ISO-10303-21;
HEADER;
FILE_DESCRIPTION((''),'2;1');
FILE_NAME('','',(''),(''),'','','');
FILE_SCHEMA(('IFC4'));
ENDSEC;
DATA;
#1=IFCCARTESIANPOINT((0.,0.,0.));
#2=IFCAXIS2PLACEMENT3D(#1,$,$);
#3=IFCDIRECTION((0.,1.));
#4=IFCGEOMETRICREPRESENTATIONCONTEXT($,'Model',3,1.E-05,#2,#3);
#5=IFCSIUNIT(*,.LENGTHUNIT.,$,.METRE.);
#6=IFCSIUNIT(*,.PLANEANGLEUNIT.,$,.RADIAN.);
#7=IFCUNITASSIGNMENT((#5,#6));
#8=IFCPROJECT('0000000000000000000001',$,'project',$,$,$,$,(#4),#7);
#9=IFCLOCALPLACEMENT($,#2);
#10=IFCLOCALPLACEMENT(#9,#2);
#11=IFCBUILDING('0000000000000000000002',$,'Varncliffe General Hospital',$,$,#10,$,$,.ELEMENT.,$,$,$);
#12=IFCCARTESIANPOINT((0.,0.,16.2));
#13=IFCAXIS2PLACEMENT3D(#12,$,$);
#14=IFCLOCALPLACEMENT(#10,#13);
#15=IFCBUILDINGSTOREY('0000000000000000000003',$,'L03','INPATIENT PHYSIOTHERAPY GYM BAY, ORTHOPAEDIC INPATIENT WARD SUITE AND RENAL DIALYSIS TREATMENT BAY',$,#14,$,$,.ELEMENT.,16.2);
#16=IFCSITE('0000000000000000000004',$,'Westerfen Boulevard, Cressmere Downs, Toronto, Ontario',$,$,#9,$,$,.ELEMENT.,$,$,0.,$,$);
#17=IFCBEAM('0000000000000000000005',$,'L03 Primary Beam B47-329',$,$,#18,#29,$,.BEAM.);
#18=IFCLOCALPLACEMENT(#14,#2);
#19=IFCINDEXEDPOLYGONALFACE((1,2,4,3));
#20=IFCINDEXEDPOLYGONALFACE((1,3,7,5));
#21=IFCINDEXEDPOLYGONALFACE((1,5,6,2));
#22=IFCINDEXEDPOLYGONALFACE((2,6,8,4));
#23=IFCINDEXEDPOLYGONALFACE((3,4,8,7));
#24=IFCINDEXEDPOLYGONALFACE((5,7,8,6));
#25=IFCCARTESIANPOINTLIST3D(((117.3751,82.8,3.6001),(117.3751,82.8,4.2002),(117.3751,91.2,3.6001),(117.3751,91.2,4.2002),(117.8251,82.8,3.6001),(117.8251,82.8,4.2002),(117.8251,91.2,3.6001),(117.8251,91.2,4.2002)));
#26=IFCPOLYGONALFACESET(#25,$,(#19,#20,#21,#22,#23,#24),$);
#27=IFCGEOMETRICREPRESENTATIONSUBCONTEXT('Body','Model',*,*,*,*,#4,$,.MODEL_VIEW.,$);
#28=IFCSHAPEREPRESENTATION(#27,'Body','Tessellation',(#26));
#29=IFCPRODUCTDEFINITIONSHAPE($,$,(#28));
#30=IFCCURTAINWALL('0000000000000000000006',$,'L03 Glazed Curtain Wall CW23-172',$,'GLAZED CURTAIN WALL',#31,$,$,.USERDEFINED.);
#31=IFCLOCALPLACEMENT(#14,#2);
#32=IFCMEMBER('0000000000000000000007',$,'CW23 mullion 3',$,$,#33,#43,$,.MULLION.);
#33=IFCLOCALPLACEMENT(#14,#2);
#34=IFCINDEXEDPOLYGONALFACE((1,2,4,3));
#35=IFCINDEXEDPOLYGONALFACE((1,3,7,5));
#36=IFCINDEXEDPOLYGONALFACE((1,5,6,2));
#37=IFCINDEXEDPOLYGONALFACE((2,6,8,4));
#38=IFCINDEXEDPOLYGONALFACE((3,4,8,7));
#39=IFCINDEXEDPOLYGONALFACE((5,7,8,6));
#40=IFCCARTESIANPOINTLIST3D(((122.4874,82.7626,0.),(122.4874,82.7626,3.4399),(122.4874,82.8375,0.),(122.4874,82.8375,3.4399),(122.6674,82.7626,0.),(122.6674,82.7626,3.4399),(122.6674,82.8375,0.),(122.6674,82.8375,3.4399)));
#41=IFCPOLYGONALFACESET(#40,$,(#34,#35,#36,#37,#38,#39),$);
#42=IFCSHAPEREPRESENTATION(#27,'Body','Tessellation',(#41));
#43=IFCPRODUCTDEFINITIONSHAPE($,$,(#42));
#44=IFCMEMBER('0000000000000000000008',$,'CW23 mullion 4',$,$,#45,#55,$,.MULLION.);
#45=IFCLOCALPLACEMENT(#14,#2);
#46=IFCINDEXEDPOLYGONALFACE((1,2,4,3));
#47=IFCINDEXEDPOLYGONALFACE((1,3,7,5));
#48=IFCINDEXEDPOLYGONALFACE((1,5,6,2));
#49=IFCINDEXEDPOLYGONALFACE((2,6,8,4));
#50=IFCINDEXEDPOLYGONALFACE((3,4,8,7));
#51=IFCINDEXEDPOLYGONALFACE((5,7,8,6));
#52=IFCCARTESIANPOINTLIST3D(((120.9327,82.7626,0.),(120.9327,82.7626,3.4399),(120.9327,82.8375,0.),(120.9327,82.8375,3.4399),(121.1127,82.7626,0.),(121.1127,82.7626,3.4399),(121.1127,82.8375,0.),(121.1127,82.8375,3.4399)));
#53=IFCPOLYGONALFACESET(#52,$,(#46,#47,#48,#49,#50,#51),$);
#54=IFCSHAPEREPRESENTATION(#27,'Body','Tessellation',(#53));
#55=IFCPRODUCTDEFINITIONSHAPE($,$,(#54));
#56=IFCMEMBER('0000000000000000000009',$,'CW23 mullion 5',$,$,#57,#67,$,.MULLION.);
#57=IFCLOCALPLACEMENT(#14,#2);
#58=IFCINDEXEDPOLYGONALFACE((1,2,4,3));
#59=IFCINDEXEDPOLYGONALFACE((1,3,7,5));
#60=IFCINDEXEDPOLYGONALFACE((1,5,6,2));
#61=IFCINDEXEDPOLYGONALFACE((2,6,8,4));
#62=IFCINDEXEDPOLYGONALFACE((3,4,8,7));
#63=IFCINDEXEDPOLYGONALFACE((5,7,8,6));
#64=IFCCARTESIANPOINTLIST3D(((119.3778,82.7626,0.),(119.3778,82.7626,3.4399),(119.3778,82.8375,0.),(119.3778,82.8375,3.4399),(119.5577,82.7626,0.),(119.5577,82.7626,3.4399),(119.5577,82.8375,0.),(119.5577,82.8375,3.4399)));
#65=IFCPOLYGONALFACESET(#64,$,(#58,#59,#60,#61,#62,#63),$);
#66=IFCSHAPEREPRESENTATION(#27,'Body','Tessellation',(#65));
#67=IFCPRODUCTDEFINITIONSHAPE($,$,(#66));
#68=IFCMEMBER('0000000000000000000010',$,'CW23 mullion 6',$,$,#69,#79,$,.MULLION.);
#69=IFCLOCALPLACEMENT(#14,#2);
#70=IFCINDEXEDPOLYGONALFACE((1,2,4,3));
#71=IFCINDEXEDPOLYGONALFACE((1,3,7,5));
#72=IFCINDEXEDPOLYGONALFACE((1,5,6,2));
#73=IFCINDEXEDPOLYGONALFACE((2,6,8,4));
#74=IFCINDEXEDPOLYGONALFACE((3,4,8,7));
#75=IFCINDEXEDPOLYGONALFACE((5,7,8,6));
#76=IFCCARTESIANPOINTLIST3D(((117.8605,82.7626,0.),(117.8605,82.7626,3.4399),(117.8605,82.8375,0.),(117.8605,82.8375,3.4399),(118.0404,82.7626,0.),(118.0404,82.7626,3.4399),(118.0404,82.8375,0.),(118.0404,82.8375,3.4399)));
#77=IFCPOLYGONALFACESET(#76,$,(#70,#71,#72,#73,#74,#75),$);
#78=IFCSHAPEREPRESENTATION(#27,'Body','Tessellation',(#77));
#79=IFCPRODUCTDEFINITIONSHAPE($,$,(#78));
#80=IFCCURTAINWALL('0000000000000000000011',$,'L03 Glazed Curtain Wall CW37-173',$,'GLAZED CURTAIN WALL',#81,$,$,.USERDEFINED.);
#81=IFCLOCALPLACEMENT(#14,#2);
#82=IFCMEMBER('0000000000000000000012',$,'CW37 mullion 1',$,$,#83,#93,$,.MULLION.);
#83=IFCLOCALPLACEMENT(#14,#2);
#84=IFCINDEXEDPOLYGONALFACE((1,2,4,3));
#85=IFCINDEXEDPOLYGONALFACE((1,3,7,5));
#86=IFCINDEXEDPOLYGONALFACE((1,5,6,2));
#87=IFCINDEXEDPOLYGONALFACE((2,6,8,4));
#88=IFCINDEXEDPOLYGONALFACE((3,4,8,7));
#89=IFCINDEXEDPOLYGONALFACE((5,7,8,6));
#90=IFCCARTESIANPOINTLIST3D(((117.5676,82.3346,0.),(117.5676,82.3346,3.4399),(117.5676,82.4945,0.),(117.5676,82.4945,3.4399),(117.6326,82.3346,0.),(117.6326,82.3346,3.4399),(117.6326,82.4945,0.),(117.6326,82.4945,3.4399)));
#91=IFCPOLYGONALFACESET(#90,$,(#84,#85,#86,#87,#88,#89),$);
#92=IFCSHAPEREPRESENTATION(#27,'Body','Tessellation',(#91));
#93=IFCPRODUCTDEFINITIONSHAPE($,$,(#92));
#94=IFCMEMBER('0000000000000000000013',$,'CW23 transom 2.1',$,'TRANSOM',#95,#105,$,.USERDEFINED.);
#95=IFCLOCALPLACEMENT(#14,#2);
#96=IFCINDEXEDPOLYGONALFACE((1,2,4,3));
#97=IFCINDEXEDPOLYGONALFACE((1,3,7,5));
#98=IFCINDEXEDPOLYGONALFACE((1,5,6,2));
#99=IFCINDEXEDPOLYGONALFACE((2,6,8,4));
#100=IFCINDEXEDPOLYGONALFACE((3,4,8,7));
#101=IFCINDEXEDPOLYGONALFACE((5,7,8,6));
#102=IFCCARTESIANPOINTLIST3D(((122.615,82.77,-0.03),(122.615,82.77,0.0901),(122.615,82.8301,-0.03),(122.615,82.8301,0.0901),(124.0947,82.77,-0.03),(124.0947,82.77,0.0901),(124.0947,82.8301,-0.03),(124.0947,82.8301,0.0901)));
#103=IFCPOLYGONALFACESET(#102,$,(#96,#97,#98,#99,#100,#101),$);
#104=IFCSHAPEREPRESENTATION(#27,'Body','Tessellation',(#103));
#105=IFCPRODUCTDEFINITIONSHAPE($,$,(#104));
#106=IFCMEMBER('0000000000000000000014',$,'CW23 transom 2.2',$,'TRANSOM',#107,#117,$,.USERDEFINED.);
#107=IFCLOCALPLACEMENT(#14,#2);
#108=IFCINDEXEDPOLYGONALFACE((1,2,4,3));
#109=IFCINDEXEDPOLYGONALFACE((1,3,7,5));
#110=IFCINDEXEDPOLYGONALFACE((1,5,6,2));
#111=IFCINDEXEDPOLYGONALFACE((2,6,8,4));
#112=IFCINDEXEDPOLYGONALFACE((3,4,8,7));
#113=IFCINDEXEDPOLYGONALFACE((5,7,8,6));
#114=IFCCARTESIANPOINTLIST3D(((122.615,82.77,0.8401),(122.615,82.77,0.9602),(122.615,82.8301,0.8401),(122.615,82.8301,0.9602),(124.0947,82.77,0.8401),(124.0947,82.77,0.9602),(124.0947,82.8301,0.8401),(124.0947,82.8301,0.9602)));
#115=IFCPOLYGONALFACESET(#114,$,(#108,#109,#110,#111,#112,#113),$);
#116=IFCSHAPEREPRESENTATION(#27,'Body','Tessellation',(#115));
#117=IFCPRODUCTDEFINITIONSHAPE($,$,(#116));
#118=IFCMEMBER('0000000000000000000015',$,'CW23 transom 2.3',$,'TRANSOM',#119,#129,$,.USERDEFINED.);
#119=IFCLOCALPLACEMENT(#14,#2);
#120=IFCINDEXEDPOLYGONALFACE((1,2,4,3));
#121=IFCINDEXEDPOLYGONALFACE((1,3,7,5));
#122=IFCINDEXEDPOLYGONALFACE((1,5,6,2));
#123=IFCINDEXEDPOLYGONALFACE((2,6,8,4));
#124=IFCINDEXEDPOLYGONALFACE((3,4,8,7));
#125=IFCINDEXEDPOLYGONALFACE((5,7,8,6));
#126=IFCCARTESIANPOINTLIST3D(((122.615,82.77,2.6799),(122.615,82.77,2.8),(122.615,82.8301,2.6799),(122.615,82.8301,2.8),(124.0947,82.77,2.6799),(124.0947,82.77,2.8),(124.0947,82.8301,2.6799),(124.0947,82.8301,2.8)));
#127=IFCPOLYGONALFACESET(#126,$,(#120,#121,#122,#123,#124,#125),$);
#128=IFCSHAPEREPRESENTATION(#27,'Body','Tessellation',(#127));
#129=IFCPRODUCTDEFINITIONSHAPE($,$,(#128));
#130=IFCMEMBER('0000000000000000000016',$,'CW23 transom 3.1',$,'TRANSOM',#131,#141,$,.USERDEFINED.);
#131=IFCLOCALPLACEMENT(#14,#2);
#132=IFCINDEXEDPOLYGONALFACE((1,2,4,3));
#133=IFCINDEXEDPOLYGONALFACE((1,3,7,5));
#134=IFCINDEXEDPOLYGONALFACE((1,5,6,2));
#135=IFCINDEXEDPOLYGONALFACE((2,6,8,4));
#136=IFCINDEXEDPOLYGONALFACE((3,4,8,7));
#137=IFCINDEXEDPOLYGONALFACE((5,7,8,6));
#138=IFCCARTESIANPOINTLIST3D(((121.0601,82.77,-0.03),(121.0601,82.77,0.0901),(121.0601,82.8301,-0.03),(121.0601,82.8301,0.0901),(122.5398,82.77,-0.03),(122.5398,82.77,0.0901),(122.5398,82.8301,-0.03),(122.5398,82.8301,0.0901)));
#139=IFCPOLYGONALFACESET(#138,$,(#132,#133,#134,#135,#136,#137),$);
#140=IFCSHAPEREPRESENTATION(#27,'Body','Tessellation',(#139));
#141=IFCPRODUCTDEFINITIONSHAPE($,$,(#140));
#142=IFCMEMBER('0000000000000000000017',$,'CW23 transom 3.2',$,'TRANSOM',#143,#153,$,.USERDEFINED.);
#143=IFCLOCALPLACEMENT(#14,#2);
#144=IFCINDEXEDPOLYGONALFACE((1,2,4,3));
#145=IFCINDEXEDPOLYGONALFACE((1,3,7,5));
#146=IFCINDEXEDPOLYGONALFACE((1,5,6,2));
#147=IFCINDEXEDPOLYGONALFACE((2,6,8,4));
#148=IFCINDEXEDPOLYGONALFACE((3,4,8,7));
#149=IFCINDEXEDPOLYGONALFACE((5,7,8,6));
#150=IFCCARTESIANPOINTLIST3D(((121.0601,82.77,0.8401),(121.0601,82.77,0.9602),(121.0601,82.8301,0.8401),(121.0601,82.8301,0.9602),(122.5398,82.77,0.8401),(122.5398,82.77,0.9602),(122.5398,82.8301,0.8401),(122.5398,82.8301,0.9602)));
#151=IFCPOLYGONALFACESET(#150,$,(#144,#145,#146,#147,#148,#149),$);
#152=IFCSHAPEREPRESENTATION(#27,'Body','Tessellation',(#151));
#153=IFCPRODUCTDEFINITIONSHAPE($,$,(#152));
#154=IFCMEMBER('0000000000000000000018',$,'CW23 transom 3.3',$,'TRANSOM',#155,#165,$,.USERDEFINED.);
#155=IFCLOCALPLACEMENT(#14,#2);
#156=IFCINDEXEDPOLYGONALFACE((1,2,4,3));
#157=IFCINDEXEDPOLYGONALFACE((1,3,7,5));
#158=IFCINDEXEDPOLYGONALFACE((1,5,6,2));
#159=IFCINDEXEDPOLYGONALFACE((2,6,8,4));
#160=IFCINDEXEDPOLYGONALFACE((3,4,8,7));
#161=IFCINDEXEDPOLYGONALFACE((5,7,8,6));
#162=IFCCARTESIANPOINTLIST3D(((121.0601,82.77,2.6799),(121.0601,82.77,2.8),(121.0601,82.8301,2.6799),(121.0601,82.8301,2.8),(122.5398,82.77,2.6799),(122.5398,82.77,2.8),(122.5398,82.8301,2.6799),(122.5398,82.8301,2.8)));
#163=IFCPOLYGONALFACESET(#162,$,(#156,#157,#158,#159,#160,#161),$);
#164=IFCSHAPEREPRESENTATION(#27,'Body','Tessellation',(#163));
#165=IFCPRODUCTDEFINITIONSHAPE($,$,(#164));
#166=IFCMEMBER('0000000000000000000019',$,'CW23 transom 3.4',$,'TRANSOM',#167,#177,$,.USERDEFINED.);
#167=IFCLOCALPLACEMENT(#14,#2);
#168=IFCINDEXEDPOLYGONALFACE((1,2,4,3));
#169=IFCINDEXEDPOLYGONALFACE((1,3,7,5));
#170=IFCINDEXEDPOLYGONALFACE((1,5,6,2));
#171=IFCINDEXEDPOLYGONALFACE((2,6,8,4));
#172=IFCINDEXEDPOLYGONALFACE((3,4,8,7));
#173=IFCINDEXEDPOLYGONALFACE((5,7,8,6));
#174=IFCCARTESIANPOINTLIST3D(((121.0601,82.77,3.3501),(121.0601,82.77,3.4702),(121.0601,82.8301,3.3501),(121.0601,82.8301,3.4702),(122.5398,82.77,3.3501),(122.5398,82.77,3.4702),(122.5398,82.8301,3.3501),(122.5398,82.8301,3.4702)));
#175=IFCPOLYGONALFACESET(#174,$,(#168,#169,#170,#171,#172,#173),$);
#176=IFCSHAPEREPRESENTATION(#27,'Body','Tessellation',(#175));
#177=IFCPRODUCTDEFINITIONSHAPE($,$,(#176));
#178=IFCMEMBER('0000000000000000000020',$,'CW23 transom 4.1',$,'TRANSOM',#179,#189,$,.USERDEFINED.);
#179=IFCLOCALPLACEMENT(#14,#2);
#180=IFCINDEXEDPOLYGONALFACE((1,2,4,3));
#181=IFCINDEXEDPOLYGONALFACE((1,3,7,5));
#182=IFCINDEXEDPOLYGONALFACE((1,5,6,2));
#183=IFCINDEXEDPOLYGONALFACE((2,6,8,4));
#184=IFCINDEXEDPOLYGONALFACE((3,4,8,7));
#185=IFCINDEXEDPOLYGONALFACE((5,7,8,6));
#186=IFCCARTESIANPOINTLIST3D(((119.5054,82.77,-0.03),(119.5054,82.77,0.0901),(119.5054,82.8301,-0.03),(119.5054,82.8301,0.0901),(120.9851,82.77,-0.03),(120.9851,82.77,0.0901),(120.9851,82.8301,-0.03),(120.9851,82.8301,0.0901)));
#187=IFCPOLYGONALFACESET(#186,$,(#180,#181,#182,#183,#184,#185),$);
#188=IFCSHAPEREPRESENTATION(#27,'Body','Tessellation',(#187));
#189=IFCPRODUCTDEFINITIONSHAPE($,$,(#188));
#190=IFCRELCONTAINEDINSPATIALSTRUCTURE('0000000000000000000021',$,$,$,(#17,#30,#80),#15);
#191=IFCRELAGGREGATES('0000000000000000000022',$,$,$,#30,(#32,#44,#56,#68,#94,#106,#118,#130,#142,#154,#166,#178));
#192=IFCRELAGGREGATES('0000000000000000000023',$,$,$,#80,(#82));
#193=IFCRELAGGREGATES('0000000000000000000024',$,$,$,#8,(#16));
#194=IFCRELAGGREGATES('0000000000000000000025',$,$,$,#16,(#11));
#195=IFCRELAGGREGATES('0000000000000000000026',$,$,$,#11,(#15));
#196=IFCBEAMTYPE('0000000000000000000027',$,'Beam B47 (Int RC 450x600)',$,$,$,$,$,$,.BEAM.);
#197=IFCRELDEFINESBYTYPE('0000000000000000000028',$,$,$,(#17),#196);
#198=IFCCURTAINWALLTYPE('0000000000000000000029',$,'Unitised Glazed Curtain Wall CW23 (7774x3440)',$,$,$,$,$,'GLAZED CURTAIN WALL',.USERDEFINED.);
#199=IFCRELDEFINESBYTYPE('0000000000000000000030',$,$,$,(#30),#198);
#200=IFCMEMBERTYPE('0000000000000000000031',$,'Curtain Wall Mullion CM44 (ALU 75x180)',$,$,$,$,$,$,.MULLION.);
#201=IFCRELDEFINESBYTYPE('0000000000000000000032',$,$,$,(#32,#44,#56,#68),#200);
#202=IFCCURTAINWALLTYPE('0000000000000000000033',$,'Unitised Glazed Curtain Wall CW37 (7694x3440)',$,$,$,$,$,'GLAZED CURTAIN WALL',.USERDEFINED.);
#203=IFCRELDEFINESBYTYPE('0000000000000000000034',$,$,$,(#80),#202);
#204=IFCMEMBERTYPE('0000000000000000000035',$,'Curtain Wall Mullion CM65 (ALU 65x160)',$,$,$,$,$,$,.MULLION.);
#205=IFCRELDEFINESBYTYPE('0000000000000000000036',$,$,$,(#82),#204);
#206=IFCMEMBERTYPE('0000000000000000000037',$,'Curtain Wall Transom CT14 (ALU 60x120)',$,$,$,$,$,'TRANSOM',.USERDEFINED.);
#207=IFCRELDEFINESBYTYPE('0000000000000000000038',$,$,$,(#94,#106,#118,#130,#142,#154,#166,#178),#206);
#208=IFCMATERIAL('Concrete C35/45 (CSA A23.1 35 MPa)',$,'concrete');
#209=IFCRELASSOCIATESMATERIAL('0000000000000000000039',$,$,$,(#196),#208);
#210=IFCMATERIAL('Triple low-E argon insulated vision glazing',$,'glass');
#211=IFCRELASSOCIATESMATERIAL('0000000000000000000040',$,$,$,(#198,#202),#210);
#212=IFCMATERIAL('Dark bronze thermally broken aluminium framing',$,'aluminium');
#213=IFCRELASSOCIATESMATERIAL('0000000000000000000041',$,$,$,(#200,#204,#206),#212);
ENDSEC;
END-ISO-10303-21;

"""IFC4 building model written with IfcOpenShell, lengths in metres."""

from ifc_helpers import new_model, si_unit, direction, frame, origin, origin_2d, place, context, subcontext, project, spatial, rectangle, extrude, material, material_profile, profile_set, type_object, element, aggregate, save


model = new_model("IFC4")

# Units and contexts
model_context = context("Model", 3, precision=1e-05, world=origin(), true_north=direction((0.0, 1.0)))
body_context = subcontext(model_context, "Body", "Model", "MODEL_VIEW")
ifc_project = project(units=[si_unit("LENGTHUNIT", "METRE"), si_unit("PLANEANGLEUNIT", "RADIAN")], contexts=[model_context])

# Site, building, storey
site_placement = place(None, origin())
site = spatial("IfcSite", under=ifc_project, at=site_placement, Name="Westerfen Boulevard, Cressmere Downs, Toronto, Ontario", CompositionType="ELEMENT", RefElevation=0.0)
building_placement = place(site_placement, origin())
building = spatial("IfcBuilding", under=site, at=building_placement, Name="Varncliffe General Hospital", CompositionType="ELEMENT")
storey_placement = place(building_placement, frame((0.0, 0.0, 16.2)))
storey = spatial("IfcBuildingStorey", under=building, at=storey_placement, Name="L03", Description="INPATIENT PHYSIOTHERAPY GYM BAY, ORTHOPAEDIC INPATIENT WARD SUITE AND RENAL DIALYSIS TREATMENT BAY", CompositionType="ELEMENT", Elevation=16.2)

# Beam
ifc_material_1 = material(Name="Concrete C35/45 (CSA A23.1 35 MPa)", Category="concrete")
ifc_material_profile_1 = material_profile(ifc_material_1, rectangle(XDim=0.45, YDim=0.6001, at=origin_2d()), Name="RC 450x600")
ifc_profile_set_1 = profile_set([ifc_material_profile_1], Name="Concrete C35/45 (CSA A23.1 35 MPa)")
beam_type = type_object("IfcBeamType", Name="Beam B47 (Int RC 450x600)", PredefinedType="BEAM", material=ifc_profile_set_1)
beam_placement = place(storey_placement, frame((117.6001, 82.8, 3.9001), z_axis=(0.0, 1.0, 0.0), x_axis=(-1.0, 0.0, 0.0)))
element("IfcBeam", 1, at=beam_placement, inside=storey, type_object=beam_type, Name="L03 Primary Beam B47-329", PredefinedType="BEAM", context=body_context, shape_type="SweptSolid", body=[
    extrude(rectangle(XDim=0.45, YDim=0.6001, at=origin_2d()), origin(), (0.0, 0.0, 1.0), 8.3999),
])

# Curtain wall, members
ifc_material_2 = material(Name="Triple low-E argon insulated vision glazing", Category="glass")
curtain_wall_type_1 = type_object("IfcCurtainWallType", Name="Unitised Glazed Curtain Wall CW23 (7774x3440)", ElementType="GLAZED CURTAIN WALL", PredefinedType="USERDEFINED", material=ifc_material_2)
curtain_wall_1_placement = place(storey_placement, origin())
curtain_wall_1 = element("IfcCurtainWall", 2, at=curtain_wall_1_placement, inside=storey, type_object=curtain_wall_type_1, Name="L03 Glazed Curtain Wall CW23-172", ObjectType="GLAZED CURTAIN WALL", PredefinedType="USERDEFINED")
ifc_material_3 = material(Name="Dark bronze thermally broken aluminium framing", Category="aluminium")
ifc_material_profile_2 = material_profile(ifc_material_3, rectangle(XDim=0.075, YDim=0.1799, at=origin_2d()), Name="ALU 75x180")
ifc_profile_set_2 = profile_set([ifc_material_profile_2], Name="Dark bronze thermally broken aluminium framing")
member_type_1 = type_object("IfcMemberType", Name="Curtain Wall Mullion CM44 (ALU 75x180)", PredefinedType="MULLION", material=ifc_profile_set_2)
member_1_placement = place(storey_placement, frame((122.5774, 82.8, 0.0), z_axis=(0.0, 0.0, 1.0), x_axis=(0.0, -1.0, 0.0)))
member_1 = element("IfcMember", 3, at=member_1_placement, type_object=member_type_1, Name="CW23 mullion 3", PredefinedType="MULLION", context=body_context, shape_type="SweptSolid", body=[
    extrude(rectangle(XDim=0.075, YDim=0.1799, at=origin_2d()), origin(), (0.0, 0.0, 1.0), 3.4399),
])
member_2_placement = place(storey_placement, frame((121.0227, 82.8, 0.0), z_axis=(0.0, 0.0, 1.0), x_axis=(0.0, -1.0, 0.0)))
member_2 = element("IfcMember", 4, at=member_2_placement, type_object=member_type_1, Name="CW23 mullion 4", PredefinedType="MULLION", context=body_context, shape_type="SweptSolid", body=[
    extrude(rectangle(XDim=0.075, YDim=0.1799, at=origin_2d()), origin(), (0.0, 0.0, 1.0), 3.4399),
])
member_3_placement = place(storey_placement, frame((119.4678, 82.8, 0.0), z_axis=(0.0, 0.0, 1.0), x_axis=(0.0, -1.0, 0.0)))
member_3 = element("IfcMember", 5, at=member_3_placement, type_object=member_type_1, Name="CW23 mullion 5", PredefinedType="MULLION", context=body_context, shape_type="SweptSolid", body=[
    extrude(rectangle(XDim=0.075, YDim=0.1799, at=origin_2d()), origin(), (0.0, 0.0, 1.0), 3.4399),
])
member_4_placement = place(storey_placement, frame((117.9504, 82.8, 0.0), z_axis=(0.0, 0.0, 1.0), x_axis=(0.0, -1.0, 0.0)))
member_4 = element("IfcMember", 6, at=member_4_placement, type_object=member_type_1, Name="CW23 mullion 6", PredefinedType="MULLION", context=body_context, shape_type="SweptSolid", body=[
    extrude(rectangle(XDim=0.075, YDim=0.1799, at=origin_2d()), origin(), (0.0, 0.0, 1.0), 3.4399),
])

# Curtain wall, member
curtain_wall_type_2 = type_object("IfcCurtainWallType", Name="Unitised Glazed Curtain Wall CW37 (7694x3440)", ElementType="GLAZED CURTAIN WALL", PredefinedType="USERDEFINED", material=ifc_material_2)
curtain_wall_2_placement = place(storey_placement, origin())
curtain_wall_2 = element("IfcCurtainWall", 7, at=curtain_wall_2_placement, inside=storey, type_object=curtain_wall_type_2, Name="L03 Glazed Curtain Wall CW37-173", ObjectType="GLAZED CURTAIN WALL", PredefinedType="USERDEFINED")
ifc_material_profile_3 = material_profile(ifc_material_3, rectangle(XDim=0.0649, YDim=0.1599, at=origin_2d()), Name="ALU 65x160")
ifc_profile_set_3 = profile_set([ifc_material_profile_3], Name="Dark bronze thermally broken aluminium framing")
member_type_2 = type_object("IfcMemberType", Name="Curtain Wall Mullion CM65 (ALU 65x160)", PredefinedType="MULLION", material=ifc_profile_set_3)
member_5_placement = place(storey_placement, frame((117.6001, 82.4146, 0.0), z_axis=(0.0, 0.0, 1.0), x_axis=(1.0, 0.0, 0.0)))
member_5 = element("IfcMember", 8, at=member_5_placement, type_object=member_type_2, Name="CW37 mullion 1", PredefinedType="MULLION", context=body_context, shape_type="SweptSolid", body=[
    extrude(rectangle(XDim=0.0649, YDim=0.1599, at=origin_2d()), origin(), (0.0, 0.0, 1.0), 3.4399),
])

# Members
ifc_material_profile_4 = material_profile(ifc_material_3, rectangle(XDim=0.0601, YDim=0.1201, at=origin_2d()), Name="ALU 60x120")
ifc_profile_set_4 = profile_set([ifc_material_profile_4], Name="Dark bronze thermally broken aluminium framing")
member_type_3 = type_object("IfcMemberType", Name="Curtain Wall Transom CT14 (ALU 60x120)", ElementType="TRANSOM", PredefinedType="USERDEFINED", material=ifc_profile_set_4)
member_6_placement = place(storey_placement, frame((124.0947, 82.8, 0.03), z_axis=(-1.0, 0.0, 0.0), x_axis=(0.0, -1.0, 0.0)))
member_6 = element("IfcMember", 9, at=member_6_placement, type_object=member_type_3, Name="CW23 transom 2.1", ObjectType="TRANSOM", PredefinedType="USERDEFINED", context=body_context, shape_type="SweptSolid", body=[
    extrude(rectangle(XDim=0.0601, YDim=0.1201, at=origin_2d()), origin(), (0.0, 0.0, 1.0), 1.4797),
])
member_7_placement = place(storey_placement, frame((124.0947, 82.8, 0.9001), z_axis=(-1.0, 0.0, 0.0), x_axis=(0.0, -1.0, 0.0)))
member_7 = element("IfcMember", 10, at=member_7_placement, type_object=member_type_3, Name="CW23 transom 2.2", ObjectType="TRANSOM", PredefinedType="USERDEFINED", context=body_context, shape_type="SweptSolid", body=[
    extrude(rectangle(XDim=0.0601, YDim=0.1201, at=origin_2d()), origin(), (0.0, 0.0, 1.0), 1.4797),
])
member_8_placement = place(storey_placement, frame((124.0947, 82.8, 2.74), z_axis=(-1.0, 0.0, 0.0), x_axis=(0.0, -1.0, 0.0)))
member_8 = element("IfcMember", 11, at=member_8_placement, type_object=member_type_3, Name="CW23 transom 2.3", ObjectType="TRANSOM", PredefinedType="USERDEFINED", context=body_context, shape_type="SweptSolid", body=[
    extrude(rectangle(XDim=0.0601, YDim=0.1201, at=origin_2d()), origin(), (0.0, 0.0, 1.0), 1.4797),
])
member_9_placement = place(storey_placement, frame((122.5398, 82.8, 0.03), z_axis=(-1.0, 0.0, 0.0), x_axis=(0.0, -1.0, 0.0)))
member_9 = element("IfcMember", 12, at=member_9_placement, type_object=member_type_3, Name="CW23 transom 3.1", ObjectType="TRANSOM", PredefinedType="USERDEFINED", context=body_context, shape_type="SweptSolid", body=[
    extrude(rectangle(XDim=0.0601, YDim=0.1201, at=origin_2d()), origin(), (0.0, 0.0, 1.0), 1.4797),
])
member_10_placement = place(storey_placement, frame((122.5398, 82.8, 0.9001), z_axis=(-1.0, 0.0, 0.0), x_axis=(0.0, -1.0, 0.0)))
member_10 = element("IfcMember", 13, at=member_10_placement, type_object=member_type_3, Name="CW23 transom 3.2", ObjectType="TRANSOM", PredefinedType="USERDEFINED", context=body_context, shape_type="SweptSolid", body=[
    extrude(rectangle(XDim=0.0601, YDim=0.1201, at=origin_2d()), origin(), (0.0, 0.0, 1.0), 1.4797),
])
member_11_placement = place(storey_placement, frame((122.5398, 82.8, 2.74), z_axis=(-1.0, 0.0, 0.0), x_axis=(0.0, -1.0, 0.0)))
member_11 = element("IfcMember", 14, at=member_11_placement, type_object=member_type_3, Name="CW23 transom 3.3", ObjectType="TRANSOM", PredefinedType="USERDEFINED", context=body_context, shape_type="SweptSolid", body=[
    extrude(rectangle(XDim=0.0601, YDim=0.1201, at=origin_2d()), origin(), (0.0, 0.0, 1.0), 1.4797),
])
member_12_placement = place(storey_placement, frame((122.5398, 82.8, 3.4102), z_axis=(-1.0, 0.0, 0.0), x_axis=(0.0, -1.0, 0.0)))
member_12 = element("IfcMember", 15, at=member_12_placement, type_object=member_type_3, Name="CW23 transom 3.4", ObjectType="TRANSOM", PredefinedType="USERDEFINED", context=body_context, shape_type="SweptSolid", body=[
    extrude(rectangle(XDim=0.0601, YDim=0.1201, at=origin_2d()), origin(), (0.0, 0.0, 1.0), 1.4797),
])
member_13_placement = place(storey_placement, frame((120.9851, 82.8, 0.03), z_axis=(-1.0, 0.0, 0.0), x_axis=(0.0, -1.0, 0.0)))
member_13 = element("IfcMember", 16, at=member_13_placement, type_object=member_type_3, Name="CW23 transom 4.1", ObjectType="TRANSOM", PredefinedType="USERDEFINED", context=body_context, shape_type="SweptSolid", body=[
    extrude(rectangle(XDim=0.0601, YDim=0.1201, at=origin_2d()), origin(), (0.0, 0.0, 1.0), 1.4797),
])

aggregate(curtain_wall_1, [member_1, member_2, member_3, member_4, member_6, member_7, member_8, member_9, member_10, member_11, member_12, member_13])
aggregate(curtain_wall_2, [member_5])

save(model, "model.ifc")
